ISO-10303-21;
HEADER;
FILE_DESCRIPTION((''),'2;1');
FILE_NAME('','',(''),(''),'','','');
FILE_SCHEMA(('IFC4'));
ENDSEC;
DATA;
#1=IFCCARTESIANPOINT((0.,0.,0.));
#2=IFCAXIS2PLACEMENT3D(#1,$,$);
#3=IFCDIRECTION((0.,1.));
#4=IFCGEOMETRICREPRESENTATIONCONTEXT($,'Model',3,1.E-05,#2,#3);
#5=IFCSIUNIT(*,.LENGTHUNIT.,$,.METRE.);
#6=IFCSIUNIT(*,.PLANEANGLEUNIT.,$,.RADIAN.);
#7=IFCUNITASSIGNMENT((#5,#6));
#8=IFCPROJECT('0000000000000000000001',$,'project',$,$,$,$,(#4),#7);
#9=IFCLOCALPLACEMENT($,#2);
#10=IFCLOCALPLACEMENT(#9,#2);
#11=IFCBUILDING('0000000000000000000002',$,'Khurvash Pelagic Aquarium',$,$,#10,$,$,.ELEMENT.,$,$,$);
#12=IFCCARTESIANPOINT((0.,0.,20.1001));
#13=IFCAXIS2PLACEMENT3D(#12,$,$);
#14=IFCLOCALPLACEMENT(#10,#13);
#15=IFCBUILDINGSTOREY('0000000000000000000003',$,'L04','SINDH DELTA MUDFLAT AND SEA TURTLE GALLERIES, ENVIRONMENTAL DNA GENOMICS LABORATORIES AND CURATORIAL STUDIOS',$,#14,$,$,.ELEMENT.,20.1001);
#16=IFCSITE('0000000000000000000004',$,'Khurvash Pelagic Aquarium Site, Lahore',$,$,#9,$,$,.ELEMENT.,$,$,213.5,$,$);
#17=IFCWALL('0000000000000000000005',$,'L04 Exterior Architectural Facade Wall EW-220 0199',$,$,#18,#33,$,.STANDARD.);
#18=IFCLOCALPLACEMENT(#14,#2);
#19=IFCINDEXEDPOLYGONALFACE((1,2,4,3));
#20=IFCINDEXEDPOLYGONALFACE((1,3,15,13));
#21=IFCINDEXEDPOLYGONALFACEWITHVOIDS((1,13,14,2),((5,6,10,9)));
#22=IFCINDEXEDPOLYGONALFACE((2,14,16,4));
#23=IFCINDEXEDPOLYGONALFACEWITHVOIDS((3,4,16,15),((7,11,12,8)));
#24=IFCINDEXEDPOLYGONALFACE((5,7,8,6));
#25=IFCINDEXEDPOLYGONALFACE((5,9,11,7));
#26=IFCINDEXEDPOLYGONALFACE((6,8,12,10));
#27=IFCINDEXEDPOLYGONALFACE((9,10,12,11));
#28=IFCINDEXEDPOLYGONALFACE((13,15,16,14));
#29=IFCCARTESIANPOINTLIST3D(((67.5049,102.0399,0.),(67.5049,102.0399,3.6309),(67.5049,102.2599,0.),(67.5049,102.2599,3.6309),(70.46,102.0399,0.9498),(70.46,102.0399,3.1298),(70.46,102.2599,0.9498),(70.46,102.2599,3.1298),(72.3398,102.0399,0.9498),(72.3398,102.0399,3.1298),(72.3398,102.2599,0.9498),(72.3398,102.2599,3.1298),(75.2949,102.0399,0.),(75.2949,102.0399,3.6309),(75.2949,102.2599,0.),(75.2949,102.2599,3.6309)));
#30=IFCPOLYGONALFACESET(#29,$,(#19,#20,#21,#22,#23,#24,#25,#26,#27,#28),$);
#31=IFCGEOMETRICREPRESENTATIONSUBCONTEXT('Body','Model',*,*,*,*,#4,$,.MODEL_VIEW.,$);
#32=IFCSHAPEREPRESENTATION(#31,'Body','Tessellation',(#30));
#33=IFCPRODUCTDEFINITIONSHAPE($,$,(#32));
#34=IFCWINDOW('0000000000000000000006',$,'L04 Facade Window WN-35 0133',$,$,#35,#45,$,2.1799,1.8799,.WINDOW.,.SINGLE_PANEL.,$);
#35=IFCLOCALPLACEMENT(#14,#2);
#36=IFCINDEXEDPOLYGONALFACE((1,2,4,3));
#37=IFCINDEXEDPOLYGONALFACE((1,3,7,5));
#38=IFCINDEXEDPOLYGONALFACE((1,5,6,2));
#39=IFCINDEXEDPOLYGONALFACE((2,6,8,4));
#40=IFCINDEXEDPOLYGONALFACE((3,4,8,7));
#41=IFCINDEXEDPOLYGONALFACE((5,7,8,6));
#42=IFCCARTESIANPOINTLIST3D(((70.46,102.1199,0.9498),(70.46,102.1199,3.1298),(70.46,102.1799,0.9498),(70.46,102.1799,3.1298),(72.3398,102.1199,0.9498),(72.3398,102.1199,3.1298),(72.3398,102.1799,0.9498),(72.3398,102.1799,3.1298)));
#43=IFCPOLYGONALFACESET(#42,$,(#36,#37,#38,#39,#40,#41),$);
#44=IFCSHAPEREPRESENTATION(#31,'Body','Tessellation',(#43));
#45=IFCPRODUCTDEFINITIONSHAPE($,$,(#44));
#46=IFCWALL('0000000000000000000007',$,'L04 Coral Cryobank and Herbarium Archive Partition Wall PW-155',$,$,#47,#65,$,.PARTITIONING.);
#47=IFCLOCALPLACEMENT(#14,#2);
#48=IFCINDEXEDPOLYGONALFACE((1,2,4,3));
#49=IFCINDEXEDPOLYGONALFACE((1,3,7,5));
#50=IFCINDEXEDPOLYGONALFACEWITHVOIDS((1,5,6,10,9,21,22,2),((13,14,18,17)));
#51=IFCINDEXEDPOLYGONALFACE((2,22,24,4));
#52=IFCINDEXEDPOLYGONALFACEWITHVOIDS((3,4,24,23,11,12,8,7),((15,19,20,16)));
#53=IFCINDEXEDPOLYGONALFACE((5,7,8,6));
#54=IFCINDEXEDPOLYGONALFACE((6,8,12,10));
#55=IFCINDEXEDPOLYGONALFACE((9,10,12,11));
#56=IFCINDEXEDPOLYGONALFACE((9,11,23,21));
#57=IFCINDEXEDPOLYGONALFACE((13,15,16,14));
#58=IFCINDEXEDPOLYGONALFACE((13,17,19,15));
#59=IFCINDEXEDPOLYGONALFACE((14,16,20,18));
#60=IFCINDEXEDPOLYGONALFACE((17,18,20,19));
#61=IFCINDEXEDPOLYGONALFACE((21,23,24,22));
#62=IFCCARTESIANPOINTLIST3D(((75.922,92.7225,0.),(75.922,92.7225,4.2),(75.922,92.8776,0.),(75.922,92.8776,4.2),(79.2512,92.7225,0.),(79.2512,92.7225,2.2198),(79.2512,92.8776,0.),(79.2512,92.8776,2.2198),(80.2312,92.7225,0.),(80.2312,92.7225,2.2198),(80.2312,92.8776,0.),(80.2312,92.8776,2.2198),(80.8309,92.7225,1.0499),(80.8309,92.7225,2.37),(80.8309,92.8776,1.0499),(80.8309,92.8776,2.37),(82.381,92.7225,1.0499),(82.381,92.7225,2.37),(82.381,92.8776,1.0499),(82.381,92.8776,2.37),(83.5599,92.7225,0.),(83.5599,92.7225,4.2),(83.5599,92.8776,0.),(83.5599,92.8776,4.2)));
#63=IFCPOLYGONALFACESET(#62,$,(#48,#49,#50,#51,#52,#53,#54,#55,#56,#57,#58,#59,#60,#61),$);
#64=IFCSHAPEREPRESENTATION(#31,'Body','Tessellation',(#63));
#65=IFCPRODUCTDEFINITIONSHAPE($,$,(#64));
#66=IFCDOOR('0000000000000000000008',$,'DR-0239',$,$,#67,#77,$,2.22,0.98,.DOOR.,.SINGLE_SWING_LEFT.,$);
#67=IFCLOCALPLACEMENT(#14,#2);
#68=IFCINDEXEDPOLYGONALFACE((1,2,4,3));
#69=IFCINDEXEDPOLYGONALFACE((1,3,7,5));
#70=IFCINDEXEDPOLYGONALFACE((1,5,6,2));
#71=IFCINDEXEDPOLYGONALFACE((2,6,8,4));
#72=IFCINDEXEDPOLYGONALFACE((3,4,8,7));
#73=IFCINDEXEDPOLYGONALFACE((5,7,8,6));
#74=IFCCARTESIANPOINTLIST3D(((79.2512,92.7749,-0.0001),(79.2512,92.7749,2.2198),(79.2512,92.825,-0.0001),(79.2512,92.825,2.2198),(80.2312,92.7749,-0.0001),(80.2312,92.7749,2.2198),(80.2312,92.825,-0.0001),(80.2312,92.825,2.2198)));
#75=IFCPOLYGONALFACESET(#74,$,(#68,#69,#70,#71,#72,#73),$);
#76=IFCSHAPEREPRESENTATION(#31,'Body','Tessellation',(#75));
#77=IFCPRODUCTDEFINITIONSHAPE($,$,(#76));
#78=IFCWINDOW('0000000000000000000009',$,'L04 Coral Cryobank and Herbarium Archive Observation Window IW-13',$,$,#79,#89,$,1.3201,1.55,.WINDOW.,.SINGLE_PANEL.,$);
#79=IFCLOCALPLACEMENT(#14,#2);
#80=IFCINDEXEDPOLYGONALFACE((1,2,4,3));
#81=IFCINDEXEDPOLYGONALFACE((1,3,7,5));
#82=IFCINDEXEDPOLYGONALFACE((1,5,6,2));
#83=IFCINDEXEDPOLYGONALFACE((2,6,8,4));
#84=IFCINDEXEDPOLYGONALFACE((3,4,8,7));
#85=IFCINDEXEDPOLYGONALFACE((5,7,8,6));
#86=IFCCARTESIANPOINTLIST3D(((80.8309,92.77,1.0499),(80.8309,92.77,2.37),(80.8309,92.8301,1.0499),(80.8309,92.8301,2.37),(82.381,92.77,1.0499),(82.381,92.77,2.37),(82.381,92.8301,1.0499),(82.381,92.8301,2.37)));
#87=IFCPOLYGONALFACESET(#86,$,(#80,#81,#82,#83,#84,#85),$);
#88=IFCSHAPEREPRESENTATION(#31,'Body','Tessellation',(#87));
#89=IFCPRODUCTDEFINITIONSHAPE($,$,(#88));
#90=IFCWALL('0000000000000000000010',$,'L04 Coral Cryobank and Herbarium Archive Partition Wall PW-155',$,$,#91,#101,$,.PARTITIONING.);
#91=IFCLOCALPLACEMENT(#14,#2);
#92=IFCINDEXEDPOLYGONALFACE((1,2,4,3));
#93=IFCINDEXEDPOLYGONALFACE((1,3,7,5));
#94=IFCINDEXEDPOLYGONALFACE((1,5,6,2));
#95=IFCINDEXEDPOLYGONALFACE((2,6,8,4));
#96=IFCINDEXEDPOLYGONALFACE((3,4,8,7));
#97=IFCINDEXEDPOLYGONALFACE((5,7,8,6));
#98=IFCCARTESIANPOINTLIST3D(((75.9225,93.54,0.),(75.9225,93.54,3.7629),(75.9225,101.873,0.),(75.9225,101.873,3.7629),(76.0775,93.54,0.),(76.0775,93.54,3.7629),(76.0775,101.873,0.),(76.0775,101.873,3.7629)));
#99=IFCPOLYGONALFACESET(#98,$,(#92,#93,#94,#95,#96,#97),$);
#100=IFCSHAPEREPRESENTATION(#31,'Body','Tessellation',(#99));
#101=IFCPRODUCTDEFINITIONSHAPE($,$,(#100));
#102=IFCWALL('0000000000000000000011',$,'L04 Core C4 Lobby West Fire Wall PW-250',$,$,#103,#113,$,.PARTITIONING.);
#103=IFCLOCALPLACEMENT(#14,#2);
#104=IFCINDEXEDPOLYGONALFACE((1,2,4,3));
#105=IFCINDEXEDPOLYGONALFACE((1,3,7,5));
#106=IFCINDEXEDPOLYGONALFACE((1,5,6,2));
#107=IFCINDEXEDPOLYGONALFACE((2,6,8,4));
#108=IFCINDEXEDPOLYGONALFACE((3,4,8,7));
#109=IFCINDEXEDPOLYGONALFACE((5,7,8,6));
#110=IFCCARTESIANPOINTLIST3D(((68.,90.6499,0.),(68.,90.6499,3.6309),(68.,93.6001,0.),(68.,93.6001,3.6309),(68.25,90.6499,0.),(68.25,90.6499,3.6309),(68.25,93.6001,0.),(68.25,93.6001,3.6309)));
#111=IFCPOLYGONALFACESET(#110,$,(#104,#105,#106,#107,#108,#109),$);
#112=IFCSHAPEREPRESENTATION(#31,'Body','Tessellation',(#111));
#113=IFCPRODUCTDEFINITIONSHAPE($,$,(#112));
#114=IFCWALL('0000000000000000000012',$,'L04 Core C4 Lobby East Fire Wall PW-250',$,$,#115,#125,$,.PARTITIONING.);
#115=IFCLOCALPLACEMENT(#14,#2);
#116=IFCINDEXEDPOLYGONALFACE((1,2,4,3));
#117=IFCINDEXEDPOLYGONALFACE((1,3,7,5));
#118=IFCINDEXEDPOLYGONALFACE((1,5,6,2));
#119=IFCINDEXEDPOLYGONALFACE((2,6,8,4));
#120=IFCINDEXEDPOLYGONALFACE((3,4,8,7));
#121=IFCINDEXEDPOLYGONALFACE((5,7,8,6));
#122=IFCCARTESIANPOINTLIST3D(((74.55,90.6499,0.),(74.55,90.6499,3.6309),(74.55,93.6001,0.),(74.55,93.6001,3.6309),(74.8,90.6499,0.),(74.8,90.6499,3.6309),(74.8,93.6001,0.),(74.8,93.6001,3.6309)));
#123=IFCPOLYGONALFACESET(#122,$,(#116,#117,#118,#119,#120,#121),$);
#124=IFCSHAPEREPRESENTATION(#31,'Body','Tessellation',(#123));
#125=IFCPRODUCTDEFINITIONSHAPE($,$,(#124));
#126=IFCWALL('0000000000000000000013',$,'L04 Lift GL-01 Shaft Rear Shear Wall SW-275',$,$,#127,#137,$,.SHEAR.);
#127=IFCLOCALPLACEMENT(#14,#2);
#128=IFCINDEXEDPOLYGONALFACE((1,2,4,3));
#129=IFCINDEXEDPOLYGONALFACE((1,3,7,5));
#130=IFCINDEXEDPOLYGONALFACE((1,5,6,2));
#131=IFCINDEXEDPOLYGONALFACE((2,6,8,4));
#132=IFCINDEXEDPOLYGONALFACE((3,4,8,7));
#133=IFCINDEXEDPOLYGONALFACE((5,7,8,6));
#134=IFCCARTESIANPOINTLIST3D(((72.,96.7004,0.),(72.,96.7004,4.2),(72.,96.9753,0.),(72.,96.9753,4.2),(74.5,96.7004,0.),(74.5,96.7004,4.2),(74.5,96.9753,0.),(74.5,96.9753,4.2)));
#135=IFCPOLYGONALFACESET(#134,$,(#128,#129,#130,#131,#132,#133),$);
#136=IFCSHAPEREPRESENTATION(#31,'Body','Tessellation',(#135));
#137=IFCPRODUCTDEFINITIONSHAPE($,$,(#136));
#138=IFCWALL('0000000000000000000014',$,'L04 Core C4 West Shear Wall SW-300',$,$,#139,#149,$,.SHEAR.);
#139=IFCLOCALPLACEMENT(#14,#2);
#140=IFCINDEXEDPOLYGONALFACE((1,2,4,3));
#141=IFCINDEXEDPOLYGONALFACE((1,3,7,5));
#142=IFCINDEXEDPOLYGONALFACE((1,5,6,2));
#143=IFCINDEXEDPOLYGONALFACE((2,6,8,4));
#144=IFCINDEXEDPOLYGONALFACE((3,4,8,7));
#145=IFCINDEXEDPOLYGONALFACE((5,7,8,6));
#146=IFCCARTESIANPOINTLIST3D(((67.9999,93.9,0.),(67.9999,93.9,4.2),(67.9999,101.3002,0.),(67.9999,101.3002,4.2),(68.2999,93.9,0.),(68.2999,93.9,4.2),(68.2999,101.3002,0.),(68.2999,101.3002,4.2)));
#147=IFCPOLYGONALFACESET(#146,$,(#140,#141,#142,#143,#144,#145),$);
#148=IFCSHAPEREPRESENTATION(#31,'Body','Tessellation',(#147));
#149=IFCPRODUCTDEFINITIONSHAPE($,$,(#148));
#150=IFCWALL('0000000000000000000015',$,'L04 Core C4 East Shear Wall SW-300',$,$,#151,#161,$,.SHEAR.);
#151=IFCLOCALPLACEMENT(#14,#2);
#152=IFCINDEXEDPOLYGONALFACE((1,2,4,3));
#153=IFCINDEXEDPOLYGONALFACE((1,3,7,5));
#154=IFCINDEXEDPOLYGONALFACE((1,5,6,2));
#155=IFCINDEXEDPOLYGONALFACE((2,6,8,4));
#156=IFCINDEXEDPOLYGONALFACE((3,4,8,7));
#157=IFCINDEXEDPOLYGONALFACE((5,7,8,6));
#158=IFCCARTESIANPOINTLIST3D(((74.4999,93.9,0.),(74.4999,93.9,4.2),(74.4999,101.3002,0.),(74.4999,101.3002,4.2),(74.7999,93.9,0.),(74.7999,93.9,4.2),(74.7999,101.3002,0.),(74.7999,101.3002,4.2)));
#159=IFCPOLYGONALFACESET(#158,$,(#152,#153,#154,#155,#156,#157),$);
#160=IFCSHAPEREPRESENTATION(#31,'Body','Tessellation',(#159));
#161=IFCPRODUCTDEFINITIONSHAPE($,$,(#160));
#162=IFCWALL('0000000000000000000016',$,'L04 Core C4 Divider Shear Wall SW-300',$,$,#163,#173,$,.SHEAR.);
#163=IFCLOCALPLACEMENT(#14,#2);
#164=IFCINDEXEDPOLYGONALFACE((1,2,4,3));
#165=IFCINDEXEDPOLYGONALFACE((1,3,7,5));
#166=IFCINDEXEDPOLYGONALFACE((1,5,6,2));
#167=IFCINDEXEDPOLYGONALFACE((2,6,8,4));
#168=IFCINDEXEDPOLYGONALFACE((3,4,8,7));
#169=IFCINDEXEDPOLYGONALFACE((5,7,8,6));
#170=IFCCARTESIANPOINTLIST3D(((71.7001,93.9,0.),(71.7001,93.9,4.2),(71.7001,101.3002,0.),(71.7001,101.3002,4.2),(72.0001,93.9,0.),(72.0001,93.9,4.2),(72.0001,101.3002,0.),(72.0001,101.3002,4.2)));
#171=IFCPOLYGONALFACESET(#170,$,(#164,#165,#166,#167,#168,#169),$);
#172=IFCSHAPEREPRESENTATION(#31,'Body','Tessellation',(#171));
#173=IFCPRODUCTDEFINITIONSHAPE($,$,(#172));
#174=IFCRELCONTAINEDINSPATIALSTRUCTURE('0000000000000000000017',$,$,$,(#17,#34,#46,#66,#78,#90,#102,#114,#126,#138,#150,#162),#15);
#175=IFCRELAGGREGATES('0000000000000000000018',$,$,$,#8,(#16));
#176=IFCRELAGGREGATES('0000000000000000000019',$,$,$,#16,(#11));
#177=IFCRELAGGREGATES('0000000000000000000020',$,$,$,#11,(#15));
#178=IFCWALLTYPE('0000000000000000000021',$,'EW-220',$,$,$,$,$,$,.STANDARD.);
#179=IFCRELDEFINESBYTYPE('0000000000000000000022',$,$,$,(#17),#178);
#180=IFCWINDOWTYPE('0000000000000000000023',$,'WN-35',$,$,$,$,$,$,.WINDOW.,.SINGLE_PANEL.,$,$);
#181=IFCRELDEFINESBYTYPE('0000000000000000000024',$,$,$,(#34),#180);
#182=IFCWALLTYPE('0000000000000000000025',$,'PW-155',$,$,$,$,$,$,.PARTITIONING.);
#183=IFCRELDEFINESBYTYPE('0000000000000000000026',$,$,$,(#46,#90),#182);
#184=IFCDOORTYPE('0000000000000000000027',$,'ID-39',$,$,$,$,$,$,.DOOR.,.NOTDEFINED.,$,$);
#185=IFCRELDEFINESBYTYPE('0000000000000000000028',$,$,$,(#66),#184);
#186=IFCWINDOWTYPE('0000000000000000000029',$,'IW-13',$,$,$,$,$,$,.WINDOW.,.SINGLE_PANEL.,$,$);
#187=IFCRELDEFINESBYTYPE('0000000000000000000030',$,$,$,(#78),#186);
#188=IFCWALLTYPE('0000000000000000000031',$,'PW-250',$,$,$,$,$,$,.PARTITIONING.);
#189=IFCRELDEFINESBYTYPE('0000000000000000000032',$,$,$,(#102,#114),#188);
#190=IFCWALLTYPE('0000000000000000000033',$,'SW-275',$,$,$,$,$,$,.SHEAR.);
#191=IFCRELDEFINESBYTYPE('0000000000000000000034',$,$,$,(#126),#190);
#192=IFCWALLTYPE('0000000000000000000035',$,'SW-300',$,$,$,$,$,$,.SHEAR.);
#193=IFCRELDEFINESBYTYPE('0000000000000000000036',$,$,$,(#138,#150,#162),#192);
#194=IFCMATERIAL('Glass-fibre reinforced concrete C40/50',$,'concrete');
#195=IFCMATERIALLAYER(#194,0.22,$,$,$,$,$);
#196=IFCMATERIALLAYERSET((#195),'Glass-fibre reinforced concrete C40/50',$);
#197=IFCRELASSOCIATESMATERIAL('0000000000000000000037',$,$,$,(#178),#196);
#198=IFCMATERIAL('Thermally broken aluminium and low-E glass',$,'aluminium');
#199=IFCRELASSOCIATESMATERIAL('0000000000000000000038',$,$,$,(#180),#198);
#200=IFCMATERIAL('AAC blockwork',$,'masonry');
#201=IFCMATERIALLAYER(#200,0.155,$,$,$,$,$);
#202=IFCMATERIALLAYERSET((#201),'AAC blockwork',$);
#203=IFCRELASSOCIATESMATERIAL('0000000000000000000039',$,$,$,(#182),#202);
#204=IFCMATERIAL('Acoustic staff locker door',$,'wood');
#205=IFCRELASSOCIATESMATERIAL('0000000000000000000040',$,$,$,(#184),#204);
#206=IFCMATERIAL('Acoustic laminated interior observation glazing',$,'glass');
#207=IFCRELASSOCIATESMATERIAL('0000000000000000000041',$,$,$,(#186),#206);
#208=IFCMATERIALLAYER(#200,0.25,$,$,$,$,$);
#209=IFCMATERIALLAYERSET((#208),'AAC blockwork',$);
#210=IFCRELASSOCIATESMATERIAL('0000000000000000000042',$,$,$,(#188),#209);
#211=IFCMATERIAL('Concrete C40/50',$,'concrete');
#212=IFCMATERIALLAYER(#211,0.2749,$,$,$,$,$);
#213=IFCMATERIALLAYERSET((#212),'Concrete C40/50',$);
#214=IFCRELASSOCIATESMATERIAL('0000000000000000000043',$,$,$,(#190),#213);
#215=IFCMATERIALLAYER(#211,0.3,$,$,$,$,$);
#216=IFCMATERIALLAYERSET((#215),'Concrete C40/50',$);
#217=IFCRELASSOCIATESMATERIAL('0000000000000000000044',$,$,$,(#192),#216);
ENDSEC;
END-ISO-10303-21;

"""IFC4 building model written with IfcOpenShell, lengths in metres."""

from ifc_helpers import new_model, si_unit, direction, frame, frame_2d, origin, place, context, subcontext, project, spatial, rectangle, extrude, material, layer, layer_set, type_object, element, fill, save


model = new_model("IFC4")

# Units and contexts
model_context = context("Model", 3, precision=1e-05, world=origin(), true_north=direction((0.0, 1.0)))
body_context = subcontext(model_context, "Body", "Model", "MODEL_VIEW")
ifc_project = project(units=[si_unit("LENGTHUNIT", "METRE"), si_unit("PLANEANGLEUNIT", "RADIAN")], contexts=[model_context])

# Site, building, storey
site_placement = place(None, origin())
site = spatial("IfcSite", under=ifc_project, at=site_placement, Name="Khurvash Pelagic Aquarium Site, Lahore", CompositionType="ELEMENT", RefElevation=213.5)
building_placement = place(site_placement, origin())
building = spatial("IfcBuilding", under=site, at=building_placement, Name="Khurvash Pelagic Aquarium", CompositionType="ELEMENT")
storey_placement = place(building_placement, frame((0.0, 0.0, 20.1001)))
storey = spatial("IfcBuildingStorey", under=building, at=storey_placement, Name="L04", Description="SINDH DELTA MUDFLAT AND SEA TURTLE GALLERIES, ENVIRONMENTAL DNA GENOMICS LABORATORIES AND CURATORIAL STUDIOS", CompositionType="ELEMENT", Elevation=20.1001)

# Shared definitions
ifc_material_1 = material(Name="Concrete C40/50", Category="concrete")

# Wall, opening, window
ifc_material_2 = material(Name="Glass-fibre reinforced concrete C40/50", Category="concrete")
ifc_layer_1 = layer(ifc_material_2, 0.22)
ifc_layer_set_1 = layer_set([ifc_layer_1], Name="Glass-fibre reinforced concrete C40/50")
wall_type_1 = type_object("IfcWallType", Name="EW-220", PredefinedType="STANDARD", material=ifc_layer_set_1)
ifc_material_3 = material(Name="Thermally broken aluminium and low-E glass", Category="aluminium")
wall_1_placement = place(storey_placement, frame((75.2949, 102.1499, 0.0), z_axis=(0.0, 0.0, 1.0), x_axis=(-1.0, 0.0, 0.0)))
wall_1 = element("IfcWall", 1, at=wall_1_placement, inside=storey, type_object=wall_type_1, Name="L04 Exterior Architectural Facade Wall EW-220 0199", PredefinedType="STANDARD", context=body_context, shape_type="SweptSolid", body=[
    extrude(rectangle(XDim=7.79, YDim=0.22, at=frame_2d((3.895, 0.0))), origin(), (0.0, 0.0, 1.0), 3.6309),
])
opening_1_placement = place(wall_1_placement, frame((2.9551, 0.0, 0.95)))
opening_1 = element("IfcOpeningElement", 2, at=opening_1_placement, cuts=wall_1, PredefinedType="OPENING", context=body_context, shape_type="SweptSolid", body=[
    extrude(rectangle(XDim=1.8799, YDim=2.1799, at=frame_2d((0.9399, 1.0898))), frame((0.0, 0.1201, 0.0), z_axis=(0.0, -1.0, 0.0), x_axis=(1.0, 0.0, 0.0)), (0.0, 0.0, 1.0), 0.24),
])
window_type_1 = type_object("IfcWindowType", Name="WN-35", PartitioningType="SINGLE_PANEL", PredefinedType="WINDOW", material=ifc_material_3)
window_1_placement = place(opening_1_placement, origin())
window_1 = element("IfcWindow", 3, at=window_1_placement, inside=storey, type_object=window_type_1, Name="L04 Facade Window WN-35 0133", OverallHeight=2.1799, OverallWidth=1.8799, PartitioningType="SINGLE_PANEL", PredefinedType="WINDOW", context=body_context, shape_type="SweptSolid", body=[
    extrude(rectangle(XDim=1.8799, YDim=2.1799, at=frame_2d((0.9399, 1.0898))), frame((0.0, 0.03, 0.0), z_axis=(0.0, -1.0, 0.0), x_axis=(1.0, 0.0, 0.0)), (0.0, 0.0, 1.0), 0.0601),
])
fill(opening_1, window_1)

# Wall, openings, door, window
ifc_material_4 = material(Name="AAC blockwork", Category="masonry")
ifc_layer_2 = layer(ifc_material_4, 0.155)
ifc_layer_set_2 = layer_set([ifc_layer_2], Name="AAC blockwork")
wall_type_2 = type_object("IfcWallType", Name="PW-155", PredefinedType="PARTITIONING", material=ifc_layer_set_2)
wall_2_placement = place(storey_placement, frame((75.9221, 92.8, 0.0), z_axis=(0.0, 0.0, 1.0), x_axis=(1.0, 0.0, 0.0)))
wall_2 = element("IfcWall", 4, at=wall_2_placement, inside=storey, type_object=wall_type_2, Name="L04 Coral Cryobank and Herbarium Archive Partition Wall PW-155", PredefinedType="PARTITIONING", context=body_context, shape_type="SweptSolid", body=[
    extrude(rectangle(XDim=7.6379, YDim=0.155, at=frame_2d((3.8188, 0.0))), origin(), (0.0, 0.0, 1.0), 4.2),
])
opening_2_placement = place(wall_2_placement, frame((3.3291, 0.0, 0.0)))
opening_2 = element("IfcOpeningElement", 5, at=opening_2_placement, cuts=wall_2, PredefinedType="OPENING", context=body_context, shape_type="SweptSolid", body=[
    extrude(rectangle(XDim=0.98, YDim=2.22, at=frame_2d((0.49, 1.1099))), frame((0.0, 0.0874, 0.0), z_axis=(0.0, -1.0, 0.0), x_axis=(1.0, 0.0, 0.0)), (0.0, 0.0, 1.0), 0.175),
])
opening_3_placement = place(wall_2_placement, frame((4.9089, 0.0, 1.0498)))
opening_3 = element("IfcOpeningElement", 6, at=opening_3_placement, cuts=wall_2, PredefinedType="OPENING", context=body_context, shape_type="SweptSolid", body=[
    extrude(rectangle(XDim=1.55, YDim=1.3201, at=frame_2d((0.7749, 0.6602))), frame((0.0, 0.0874, 0.0), z_axis=(0.0, -1.0, 0.0), x_axis=(1.0, 0.0, 0.0)), (0.0, 0.0, 1.0), 0.175),
])
ifc_material_5 = material(Name="Acoustic staff locker door", Category="wood")
door_type = type_object("IfcDoorType", Name="ID-39", OperationType="NOTDEFINED", PredefinedType="DOOR", material=ifc_material_5)
door_placement = place(opening_2_placement, origin())
door = element("IfcDoor", 7, at=door_placement, inside=storey, type_object=door_type, Name="DR-0239", OperationType="SINGLE_SWING_LEFT", OverallHeight=2.22, OverallWidth=0.98, PredefinedType="DOOR", context=body_context, shape_type="SweptSolid", body=[
    extrude(rectangle(XDim=0.98, YDim=2.22, at=frame_2d((0.49, 1.1099))), frame((0.0, 0.0249, 0.0), z_axis=(0.0, -1.0, 0.0), x_axis=(1.0, 0.0, 0.0)), (0.0, 0.0, 1.0), 0.05),
])
fill(opening_2, door)
ifc_material_6 = material(Name="Acoustic laminated interior observation glazing", Category="glass")
window_type_2 = type_object("IfcWindowType", Name="IW-13", PartitioningType="SINGLE_PANEL", PredefinedType="WINDOW", material=ifc_material_6)
window_2_placement = place(opening_3_placement, origin())
window_2 = element("IfcWindow", 8, at=window_2_placement, inside=storey, type_object=window_type_2, Name="L04 Coral Cryobank and Herbarium Archive Observation Window IW-13", OverallHeight=1.3201, OverallWidth=1.55, PartitioningType="SINGLE_PANEL", PredefinedType="WINDOW", context=body_context, shape_type="SweptSolid", body=[
    extrude(rectangle(XDim=1.55, YDim=1.3201, at=frame_2d((0.7749, 0.6602))), frame((0.0, 0.03, 0.0), z_axis=(0.0, -1.0, 0.0), x_axis=(1.0, 0.0, 0.0)), (0.0, 0.0, 1.0), 0.0601),
])
fill(opening_3, window_2)

# Walls
wall_3_placement = place(storey_placement, frame((76.0, 93.54, 0.0), z_axis=(0.0, 0.0, 1.0), x_axis=(0.0, 1.0, 0.0)))
element("IfcWall", 9, at=wall_3_placement, inside=storey, type_object=wall_type_2, Name="L04 Coral Cryobank and Herbarium Archive Partition Wall PW-155", PredefinedType="PARTITIONING", context=body_context, shape_type="SweptSolid", body=[
    extrude(rectangle(XDim=8.333, YDim=0.155, at=frame_2d((4.1665, 0.0))), origin(), (0.0, 0.0, 1.0), 3.7629),
])
ifc_layer_3 = layer(ifc_material_4, 0.25)
ifc_layer_set_3 = layer_set([ifc_layer_3], Name="AAC blockwork")
wall_type_3 = type_object("IfcWallType", Name="PW-250", PredefinedType="PARTITIONING", material=ifc_layer_set_3)
for number, where, z_axis, x_axis, name in (
    (10, (68.125, 90.6499, 0.0), (0.0, 0.0, 1.0), (0.0, 1.0, 0.0), "L04 Core C4 Lobby West Fire Wall PW-250"),
    (11, (74.675, 90.6499, 0.0), (0.0, 0.0, 1.0), (0.0, 1.0, 0.0), "L04 Core C4 Lobby East Fire Wall PW-250"),
):
    element("IfcWall", number, at=place(storey_placement, frame(where, z_axis=z_axis, x_axis=x_axis)), inside=storey, type_object=wall_type_3, Name=name, PredefinedType="PARTITIONING", context=body_context, shape_type="SweptSolid", body=[
        extrude(rectangle(XDim=2.9502, YDim=0.25, at=frame_2d((1.4751, 0.0))), origin(), (0.0, 0.0, 1.0), 3.6309),
    ])
ifc_layer_4 = layer(ifc_material_1, 0.2749)
ifc_layer_set_4 = layer_set([ifc_layer_4], Name="Concrete C40/50")
wall_type_4 = type_object("IfcWallType", Name="SW-275", PredefinedType="SHEAR", material=ifc_layer_set_4)
wall_4_placement = place(storey_placement, frame((72.0, 96.8379, 0.0), z_axis=(0.0, 0.0, 1.0), x_axis=(1.0, 0.0, 0.0)))
element("IfcWall", 12, at=wall_4_placement, inside=storey, type_object=wall_type_4, Name="L04 Lift GL-01 Shaft Rear Shear Wall SW-275", PredefinedType="SHEAR", context=body_context, shape_type="SweptSolid", body=[
    extrude(rectangle(XDim=2.5, YDim=0.2749, at=frame_2d((1.25, 0.0))), origin(), (0.0, 0.0, 1.0), 4.2),
])
ifc_layer_5 = layer(ifc_material_1, 0.3)
ifc_layer_set_5 = layer_set([ifc_layer_5], Name="Concrete C40/50")
wall_type_5 = type_object("IfcWallType", Name="SW-300", PredefinedType="SHEAR", material=ifc_layer_set_5)
for number, where, z_axis, x_axis, name in (
    (13, (68.1499, 93.8999, 0.0), (0.0, 0.0, 1.0), (0.0, 1.0, 0.0), "L04 Core C4 West Shear Wall SW-300"),
    (14, (74.6499, 93.8999, 0.0), (0.0, 0.0, 1.0), (0.0, 1.0, 0.0), "L04 Core C4 East Shear Wall SW-300"),
    (15, (71.8501, 93.8999, 0.0), (0.0, 0.0, 1.0), (0.0, 1.0, 0.0), "L04 Core C4 Divider Shear Wall SW-300"),
):
    element("IfcWall", number, at=place(storey_placement, frame(where, z_axis=z_axis, x_axis=x_axis)), inside=storey, type_object=wall_type_5, Name=name, PredefinedType="SHEAR", context=body_context, shape_type="SweptSolid", body=[
        extrude(rectangle(XDim=7.4001, YDim=0.3, at=frame_2d((3.7002, 0.0))), origin(), (0.0, 0.0, 1.0), 4.2),
    ])

save(model, "model.ifc")
